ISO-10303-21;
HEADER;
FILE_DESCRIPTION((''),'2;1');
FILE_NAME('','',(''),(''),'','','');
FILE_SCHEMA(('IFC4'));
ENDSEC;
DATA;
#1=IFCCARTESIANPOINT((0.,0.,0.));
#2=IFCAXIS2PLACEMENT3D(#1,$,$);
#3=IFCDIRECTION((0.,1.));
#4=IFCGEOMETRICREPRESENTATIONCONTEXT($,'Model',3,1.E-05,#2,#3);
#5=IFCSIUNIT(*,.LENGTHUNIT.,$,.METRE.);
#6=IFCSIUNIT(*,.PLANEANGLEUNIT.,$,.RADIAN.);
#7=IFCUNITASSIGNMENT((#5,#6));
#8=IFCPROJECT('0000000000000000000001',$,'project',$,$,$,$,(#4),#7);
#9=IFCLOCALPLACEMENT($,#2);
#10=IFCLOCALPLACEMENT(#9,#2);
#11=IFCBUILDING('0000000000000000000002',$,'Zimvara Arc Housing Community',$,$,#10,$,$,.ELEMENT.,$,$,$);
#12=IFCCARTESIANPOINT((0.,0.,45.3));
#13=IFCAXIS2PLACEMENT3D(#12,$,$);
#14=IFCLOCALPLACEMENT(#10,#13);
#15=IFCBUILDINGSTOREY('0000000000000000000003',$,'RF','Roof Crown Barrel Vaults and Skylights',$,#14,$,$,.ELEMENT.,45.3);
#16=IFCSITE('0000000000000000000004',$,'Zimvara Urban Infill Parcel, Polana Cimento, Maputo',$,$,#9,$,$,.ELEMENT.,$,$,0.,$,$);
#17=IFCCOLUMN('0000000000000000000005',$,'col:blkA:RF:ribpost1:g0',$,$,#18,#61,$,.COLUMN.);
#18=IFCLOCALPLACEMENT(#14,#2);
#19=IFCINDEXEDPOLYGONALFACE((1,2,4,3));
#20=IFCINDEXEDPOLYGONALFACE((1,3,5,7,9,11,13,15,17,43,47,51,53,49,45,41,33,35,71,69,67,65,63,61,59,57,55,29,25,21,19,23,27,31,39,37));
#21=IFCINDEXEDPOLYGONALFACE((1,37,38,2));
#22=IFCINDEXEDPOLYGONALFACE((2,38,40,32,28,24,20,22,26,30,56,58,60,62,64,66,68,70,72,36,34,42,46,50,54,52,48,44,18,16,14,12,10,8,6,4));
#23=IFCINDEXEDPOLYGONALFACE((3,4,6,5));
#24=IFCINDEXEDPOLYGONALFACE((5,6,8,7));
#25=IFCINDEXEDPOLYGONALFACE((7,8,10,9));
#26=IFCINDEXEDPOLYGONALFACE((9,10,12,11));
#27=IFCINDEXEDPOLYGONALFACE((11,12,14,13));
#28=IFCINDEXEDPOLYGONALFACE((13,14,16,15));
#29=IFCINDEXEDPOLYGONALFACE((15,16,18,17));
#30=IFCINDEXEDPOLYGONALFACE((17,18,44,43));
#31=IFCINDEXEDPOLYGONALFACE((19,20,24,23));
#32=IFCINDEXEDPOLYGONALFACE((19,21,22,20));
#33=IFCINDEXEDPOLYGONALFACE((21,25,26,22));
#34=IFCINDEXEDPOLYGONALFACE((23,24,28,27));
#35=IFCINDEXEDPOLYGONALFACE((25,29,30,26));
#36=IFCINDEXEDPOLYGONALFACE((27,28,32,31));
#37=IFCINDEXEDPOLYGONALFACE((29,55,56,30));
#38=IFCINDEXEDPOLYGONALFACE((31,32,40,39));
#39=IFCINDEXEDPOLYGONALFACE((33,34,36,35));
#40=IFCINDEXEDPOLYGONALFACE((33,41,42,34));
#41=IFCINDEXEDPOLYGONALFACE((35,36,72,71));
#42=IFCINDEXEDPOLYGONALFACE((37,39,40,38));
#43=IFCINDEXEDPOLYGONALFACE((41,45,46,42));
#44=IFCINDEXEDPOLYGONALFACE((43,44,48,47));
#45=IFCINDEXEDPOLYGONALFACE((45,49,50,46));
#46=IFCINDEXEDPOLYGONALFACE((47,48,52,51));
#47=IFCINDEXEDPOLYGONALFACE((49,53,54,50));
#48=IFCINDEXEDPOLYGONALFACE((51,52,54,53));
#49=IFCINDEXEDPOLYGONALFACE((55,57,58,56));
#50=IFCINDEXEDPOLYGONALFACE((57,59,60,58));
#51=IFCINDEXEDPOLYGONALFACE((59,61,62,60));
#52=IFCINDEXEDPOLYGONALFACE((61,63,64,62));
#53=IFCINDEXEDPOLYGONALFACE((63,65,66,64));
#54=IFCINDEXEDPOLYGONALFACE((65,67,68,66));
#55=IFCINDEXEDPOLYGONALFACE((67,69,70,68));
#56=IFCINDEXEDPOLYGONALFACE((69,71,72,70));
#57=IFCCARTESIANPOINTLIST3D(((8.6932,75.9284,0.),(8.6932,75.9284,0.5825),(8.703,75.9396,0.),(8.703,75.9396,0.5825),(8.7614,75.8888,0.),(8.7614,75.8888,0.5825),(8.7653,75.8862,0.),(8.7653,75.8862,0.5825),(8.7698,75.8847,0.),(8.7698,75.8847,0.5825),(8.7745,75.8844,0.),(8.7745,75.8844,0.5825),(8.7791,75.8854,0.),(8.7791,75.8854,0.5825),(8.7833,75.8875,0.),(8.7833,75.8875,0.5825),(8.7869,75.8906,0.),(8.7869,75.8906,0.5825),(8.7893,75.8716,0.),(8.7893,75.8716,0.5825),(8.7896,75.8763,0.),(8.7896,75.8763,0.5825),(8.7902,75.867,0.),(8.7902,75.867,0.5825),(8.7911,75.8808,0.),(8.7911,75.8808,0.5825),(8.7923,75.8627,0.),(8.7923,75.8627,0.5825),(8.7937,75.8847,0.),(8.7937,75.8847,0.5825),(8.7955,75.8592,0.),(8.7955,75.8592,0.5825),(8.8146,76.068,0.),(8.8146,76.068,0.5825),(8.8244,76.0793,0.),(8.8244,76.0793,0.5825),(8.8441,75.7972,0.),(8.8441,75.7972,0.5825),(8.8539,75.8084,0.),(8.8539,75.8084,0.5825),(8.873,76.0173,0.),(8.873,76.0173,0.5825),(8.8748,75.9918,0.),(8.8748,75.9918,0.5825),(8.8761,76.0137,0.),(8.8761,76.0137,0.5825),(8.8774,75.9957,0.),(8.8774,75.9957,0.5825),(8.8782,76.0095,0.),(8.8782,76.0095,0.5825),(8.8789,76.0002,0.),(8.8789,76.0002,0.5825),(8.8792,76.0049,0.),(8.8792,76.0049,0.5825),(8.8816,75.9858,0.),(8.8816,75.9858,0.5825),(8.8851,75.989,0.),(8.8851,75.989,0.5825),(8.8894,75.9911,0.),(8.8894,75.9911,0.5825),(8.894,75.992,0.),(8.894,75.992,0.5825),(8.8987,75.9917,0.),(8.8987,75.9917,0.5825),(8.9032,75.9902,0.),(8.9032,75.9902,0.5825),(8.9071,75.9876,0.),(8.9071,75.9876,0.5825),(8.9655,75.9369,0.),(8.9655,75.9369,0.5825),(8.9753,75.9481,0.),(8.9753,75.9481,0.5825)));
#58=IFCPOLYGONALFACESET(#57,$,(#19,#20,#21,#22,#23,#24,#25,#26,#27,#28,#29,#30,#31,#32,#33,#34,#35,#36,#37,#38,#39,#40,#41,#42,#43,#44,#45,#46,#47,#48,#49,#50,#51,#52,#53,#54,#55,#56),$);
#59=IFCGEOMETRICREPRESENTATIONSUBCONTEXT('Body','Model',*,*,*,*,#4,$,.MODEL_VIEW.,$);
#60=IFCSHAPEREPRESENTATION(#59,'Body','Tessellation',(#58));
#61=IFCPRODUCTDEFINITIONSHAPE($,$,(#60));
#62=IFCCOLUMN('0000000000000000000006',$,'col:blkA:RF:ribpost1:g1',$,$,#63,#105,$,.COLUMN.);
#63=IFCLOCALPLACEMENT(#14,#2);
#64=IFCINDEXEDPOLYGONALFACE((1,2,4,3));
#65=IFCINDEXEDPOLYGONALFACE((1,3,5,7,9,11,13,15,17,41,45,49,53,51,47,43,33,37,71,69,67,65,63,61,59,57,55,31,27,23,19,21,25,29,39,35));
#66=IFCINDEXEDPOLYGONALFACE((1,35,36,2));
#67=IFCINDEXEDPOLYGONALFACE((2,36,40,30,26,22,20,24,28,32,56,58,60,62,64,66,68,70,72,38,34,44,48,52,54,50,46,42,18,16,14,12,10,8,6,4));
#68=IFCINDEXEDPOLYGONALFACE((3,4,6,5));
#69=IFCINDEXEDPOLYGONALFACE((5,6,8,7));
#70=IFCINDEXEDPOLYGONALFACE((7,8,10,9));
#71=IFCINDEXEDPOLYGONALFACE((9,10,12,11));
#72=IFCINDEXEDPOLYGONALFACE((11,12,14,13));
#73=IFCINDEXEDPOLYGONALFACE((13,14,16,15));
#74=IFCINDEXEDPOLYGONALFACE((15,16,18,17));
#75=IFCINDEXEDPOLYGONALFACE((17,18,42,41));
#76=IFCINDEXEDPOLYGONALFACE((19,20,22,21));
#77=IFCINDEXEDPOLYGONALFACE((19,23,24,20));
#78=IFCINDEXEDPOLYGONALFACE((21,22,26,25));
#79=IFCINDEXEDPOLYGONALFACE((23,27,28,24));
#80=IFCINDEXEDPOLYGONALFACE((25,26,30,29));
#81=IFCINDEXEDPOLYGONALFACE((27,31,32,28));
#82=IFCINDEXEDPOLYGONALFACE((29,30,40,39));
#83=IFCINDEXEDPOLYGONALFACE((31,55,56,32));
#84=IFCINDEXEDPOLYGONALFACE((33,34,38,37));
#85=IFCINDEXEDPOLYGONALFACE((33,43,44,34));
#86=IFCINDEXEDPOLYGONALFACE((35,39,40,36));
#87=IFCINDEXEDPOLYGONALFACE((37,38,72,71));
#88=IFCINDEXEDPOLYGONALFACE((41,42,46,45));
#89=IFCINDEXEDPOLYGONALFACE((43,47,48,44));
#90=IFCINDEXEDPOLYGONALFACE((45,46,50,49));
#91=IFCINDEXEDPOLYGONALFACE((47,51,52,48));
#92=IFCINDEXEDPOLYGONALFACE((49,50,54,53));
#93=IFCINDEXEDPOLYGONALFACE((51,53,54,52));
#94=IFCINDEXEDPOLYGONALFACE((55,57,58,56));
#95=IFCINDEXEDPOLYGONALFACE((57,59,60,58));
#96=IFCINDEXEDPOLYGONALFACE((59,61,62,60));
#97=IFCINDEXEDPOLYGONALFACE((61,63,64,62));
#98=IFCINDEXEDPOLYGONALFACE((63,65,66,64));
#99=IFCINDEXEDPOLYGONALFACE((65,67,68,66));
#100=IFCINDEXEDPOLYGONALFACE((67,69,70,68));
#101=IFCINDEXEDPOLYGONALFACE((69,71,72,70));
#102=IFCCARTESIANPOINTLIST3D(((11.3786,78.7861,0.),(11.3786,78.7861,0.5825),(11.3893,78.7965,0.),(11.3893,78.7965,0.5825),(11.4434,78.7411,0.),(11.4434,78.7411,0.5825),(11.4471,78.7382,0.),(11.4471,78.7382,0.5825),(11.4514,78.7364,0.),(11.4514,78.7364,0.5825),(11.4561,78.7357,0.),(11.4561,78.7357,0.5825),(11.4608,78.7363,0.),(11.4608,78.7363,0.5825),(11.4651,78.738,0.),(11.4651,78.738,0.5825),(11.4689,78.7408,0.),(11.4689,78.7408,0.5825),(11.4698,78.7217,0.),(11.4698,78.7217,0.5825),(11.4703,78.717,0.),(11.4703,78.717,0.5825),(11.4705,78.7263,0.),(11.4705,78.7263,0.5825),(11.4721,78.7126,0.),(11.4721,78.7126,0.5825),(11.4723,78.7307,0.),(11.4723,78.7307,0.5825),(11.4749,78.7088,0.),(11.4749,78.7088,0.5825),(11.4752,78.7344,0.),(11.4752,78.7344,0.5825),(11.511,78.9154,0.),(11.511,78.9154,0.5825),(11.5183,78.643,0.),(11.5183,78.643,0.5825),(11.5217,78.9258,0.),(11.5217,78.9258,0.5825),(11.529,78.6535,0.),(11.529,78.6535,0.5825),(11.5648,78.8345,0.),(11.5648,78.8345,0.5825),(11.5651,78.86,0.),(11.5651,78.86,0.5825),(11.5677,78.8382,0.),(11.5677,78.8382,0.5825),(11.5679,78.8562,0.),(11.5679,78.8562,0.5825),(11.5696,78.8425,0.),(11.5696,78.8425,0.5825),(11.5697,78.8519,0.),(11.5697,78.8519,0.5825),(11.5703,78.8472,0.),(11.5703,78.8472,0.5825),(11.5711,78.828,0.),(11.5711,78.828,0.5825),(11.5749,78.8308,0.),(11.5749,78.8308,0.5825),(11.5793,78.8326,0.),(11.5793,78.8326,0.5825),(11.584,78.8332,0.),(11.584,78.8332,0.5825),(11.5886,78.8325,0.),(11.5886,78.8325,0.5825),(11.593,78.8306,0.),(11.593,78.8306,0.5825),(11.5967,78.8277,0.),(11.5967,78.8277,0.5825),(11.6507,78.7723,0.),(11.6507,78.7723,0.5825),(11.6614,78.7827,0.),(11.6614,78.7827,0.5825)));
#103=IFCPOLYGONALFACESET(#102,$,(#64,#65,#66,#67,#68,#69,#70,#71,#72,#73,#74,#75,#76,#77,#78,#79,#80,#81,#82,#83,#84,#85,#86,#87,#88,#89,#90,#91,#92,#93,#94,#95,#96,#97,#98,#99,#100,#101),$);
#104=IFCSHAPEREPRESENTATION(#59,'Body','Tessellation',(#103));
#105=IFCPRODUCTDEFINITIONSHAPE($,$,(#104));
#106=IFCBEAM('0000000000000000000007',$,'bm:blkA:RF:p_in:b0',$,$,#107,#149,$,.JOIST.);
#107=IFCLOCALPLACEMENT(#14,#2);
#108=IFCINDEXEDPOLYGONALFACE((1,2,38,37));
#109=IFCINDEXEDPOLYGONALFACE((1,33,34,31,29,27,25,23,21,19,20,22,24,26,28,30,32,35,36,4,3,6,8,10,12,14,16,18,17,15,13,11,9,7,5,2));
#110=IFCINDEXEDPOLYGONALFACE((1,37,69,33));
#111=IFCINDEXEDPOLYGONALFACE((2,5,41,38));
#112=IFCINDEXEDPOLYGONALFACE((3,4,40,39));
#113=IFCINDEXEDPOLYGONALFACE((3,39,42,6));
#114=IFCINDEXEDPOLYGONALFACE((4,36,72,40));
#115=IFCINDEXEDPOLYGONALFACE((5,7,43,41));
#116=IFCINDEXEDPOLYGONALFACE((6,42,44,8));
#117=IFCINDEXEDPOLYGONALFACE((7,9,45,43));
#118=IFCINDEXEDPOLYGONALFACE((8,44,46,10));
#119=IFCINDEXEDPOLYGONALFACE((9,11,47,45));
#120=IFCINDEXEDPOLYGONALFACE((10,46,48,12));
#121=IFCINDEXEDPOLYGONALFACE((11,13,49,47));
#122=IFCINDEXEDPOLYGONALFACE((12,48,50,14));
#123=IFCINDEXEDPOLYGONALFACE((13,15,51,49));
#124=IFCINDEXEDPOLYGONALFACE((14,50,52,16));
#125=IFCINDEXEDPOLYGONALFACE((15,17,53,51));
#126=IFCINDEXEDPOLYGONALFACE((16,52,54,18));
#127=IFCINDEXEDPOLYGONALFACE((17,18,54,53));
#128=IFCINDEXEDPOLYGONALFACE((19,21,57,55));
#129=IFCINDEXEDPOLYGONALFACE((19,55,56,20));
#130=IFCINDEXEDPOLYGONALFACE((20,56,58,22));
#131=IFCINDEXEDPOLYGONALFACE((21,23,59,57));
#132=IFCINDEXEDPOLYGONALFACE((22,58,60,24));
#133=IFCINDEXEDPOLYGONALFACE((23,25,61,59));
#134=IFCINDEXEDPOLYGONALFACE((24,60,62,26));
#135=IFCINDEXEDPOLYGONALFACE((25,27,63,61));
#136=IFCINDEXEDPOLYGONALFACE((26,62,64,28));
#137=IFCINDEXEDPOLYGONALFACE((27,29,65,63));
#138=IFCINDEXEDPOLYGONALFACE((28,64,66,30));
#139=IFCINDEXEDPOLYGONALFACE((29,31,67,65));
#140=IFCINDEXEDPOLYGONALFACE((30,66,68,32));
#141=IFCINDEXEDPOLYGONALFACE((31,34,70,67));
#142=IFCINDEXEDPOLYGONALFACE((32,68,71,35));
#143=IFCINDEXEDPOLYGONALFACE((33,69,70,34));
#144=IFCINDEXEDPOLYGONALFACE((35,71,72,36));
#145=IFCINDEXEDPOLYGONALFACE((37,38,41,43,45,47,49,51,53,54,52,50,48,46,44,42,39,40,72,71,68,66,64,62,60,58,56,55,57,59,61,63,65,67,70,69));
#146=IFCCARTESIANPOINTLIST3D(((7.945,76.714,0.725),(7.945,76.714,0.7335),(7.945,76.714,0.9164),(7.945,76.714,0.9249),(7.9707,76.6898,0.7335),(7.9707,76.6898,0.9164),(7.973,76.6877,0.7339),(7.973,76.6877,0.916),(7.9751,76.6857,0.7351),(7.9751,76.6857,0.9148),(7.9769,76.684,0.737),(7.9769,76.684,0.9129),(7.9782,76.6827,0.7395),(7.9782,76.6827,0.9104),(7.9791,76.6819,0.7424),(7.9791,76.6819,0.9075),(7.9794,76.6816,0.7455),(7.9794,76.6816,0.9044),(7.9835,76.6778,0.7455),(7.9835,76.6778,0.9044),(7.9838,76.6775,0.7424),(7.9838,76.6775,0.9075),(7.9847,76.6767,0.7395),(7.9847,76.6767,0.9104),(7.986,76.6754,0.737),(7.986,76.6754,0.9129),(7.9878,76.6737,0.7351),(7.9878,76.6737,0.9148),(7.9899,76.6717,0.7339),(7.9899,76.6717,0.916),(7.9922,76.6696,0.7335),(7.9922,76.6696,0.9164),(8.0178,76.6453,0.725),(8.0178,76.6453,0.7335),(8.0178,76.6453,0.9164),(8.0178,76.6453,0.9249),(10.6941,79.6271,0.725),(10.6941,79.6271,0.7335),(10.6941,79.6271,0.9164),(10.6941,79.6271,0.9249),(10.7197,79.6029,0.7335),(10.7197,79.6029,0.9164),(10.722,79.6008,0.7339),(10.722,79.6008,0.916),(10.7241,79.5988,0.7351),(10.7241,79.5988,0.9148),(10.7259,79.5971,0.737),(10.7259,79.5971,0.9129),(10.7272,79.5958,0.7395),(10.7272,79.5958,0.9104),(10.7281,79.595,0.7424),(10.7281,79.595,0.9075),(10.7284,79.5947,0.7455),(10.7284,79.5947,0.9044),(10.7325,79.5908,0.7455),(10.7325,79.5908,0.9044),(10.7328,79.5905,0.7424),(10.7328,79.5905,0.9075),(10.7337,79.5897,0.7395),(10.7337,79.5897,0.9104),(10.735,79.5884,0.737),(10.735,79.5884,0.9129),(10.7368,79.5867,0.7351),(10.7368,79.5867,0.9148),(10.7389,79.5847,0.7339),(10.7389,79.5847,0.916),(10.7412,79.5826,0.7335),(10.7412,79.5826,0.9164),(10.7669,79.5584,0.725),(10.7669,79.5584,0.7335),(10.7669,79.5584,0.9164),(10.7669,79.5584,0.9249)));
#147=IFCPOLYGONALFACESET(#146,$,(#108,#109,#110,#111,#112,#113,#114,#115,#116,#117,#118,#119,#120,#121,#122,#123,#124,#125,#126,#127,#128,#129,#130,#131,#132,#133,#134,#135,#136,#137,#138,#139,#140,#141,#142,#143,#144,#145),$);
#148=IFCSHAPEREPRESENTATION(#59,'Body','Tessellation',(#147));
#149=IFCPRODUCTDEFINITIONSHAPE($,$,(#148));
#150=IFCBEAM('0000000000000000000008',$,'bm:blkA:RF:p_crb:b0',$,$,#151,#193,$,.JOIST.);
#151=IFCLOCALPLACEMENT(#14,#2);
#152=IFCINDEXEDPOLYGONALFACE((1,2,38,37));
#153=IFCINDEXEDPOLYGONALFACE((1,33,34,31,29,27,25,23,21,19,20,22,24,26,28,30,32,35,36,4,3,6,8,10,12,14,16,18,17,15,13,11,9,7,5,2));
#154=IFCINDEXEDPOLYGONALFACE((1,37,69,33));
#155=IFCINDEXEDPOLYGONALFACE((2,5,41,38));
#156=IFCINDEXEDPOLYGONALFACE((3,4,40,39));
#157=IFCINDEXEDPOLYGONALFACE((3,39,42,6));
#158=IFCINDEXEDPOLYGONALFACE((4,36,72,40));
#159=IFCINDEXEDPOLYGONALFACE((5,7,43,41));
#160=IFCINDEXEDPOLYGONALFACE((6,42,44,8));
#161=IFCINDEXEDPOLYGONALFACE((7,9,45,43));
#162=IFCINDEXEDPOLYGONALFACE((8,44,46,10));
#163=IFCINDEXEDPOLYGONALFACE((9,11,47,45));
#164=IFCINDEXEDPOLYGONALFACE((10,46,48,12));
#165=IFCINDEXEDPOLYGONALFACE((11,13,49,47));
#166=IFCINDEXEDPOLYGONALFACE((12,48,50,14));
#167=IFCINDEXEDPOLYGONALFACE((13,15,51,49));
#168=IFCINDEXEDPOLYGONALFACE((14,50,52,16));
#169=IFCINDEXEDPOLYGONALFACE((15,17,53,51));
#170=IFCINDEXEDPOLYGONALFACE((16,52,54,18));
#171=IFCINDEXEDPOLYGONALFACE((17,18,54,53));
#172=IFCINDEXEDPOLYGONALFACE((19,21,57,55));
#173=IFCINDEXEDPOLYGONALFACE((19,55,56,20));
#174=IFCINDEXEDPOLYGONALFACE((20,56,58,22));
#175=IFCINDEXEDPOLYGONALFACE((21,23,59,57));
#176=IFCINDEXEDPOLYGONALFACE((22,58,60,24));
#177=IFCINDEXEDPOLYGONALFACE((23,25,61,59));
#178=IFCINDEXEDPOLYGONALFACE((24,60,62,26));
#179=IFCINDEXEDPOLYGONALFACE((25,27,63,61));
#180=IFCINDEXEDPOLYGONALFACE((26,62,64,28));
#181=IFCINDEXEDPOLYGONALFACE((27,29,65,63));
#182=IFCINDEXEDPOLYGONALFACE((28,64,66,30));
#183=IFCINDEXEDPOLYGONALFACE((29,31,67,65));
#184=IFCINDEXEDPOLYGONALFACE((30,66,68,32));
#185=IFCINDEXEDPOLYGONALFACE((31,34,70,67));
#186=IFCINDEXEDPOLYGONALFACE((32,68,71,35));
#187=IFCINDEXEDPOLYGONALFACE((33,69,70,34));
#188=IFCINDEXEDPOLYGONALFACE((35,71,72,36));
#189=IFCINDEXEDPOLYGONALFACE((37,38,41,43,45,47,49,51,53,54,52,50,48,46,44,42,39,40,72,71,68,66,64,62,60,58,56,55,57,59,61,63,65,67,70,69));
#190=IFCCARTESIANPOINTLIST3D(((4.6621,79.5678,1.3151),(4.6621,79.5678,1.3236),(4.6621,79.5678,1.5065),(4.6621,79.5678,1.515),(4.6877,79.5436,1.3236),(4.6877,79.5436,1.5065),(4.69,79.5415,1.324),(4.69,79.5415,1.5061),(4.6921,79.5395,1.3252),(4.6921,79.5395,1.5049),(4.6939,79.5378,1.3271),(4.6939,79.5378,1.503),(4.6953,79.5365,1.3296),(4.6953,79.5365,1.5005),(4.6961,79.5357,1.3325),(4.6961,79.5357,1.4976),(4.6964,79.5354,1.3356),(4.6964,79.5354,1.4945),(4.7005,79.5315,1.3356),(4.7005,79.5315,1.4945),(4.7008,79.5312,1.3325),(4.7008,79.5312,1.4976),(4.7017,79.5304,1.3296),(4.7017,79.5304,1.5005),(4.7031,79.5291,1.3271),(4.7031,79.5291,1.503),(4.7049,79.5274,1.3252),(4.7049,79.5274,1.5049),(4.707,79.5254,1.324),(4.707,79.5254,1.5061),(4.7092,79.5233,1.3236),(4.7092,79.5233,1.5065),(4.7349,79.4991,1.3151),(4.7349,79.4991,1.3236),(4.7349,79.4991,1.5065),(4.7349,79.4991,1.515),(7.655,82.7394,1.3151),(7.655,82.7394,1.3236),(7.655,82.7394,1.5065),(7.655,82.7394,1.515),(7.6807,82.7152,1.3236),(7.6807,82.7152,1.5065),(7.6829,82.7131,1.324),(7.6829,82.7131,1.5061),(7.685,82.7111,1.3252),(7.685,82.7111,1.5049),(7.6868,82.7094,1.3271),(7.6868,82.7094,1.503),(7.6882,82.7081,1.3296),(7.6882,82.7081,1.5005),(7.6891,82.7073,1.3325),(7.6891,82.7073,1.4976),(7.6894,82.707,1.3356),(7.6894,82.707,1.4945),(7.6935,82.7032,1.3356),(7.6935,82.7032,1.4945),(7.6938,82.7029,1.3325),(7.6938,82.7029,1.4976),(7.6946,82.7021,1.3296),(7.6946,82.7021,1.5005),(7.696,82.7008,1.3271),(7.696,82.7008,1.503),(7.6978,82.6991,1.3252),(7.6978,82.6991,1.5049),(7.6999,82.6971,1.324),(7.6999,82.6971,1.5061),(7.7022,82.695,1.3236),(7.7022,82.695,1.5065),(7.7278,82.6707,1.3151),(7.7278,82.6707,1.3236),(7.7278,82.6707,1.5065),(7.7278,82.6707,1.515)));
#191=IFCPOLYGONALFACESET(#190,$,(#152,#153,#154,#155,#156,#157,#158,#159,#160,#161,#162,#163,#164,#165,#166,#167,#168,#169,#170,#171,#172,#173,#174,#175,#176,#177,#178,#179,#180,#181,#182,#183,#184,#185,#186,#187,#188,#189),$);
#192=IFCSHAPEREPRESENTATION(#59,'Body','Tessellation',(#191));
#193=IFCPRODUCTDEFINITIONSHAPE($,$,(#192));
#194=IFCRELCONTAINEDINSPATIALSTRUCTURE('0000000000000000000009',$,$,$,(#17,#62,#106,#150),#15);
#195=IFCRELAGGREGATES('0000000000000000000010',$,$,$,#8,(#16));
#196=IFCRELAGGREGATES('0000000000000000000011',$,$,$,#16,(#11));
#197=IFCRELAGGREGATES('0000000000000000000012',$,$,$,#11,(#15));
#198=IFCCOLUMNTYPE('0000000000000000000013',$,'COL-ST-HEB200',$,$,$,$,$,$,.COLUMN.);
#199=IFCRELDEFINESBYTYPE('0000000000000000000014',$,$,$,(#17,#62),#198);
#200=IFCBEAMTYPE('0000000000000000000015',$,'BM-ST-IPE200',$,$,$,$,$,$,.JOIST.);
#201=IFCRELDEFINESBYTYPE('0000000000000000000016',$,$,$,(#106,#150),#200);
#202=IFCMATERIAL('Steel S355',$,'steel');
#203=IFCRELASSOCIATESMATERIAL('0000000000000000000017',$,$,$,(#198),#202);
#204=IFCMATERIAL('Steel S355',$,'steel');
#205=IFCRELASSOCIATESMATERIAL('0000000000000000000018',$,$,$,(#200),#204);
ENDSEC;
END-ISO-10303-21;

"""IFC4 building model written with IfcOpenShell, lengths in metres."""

from ifc_helpers import new_model, si_unit, direction, frame, origin, origin_2d, place, context, subcontext, project, spatial, i_section, extrude, material, material_profile, profile_set, type_object, element, save


model = new_model("IFC4")

# Units and contexts
model_context = context("Model", 3, precision=1e-05, world=origin(), true_north=direction((0.0, 1.0)))
body_context = subcontext(model_context, "Body", "Model", "MODEL_VIEW")
ifc_project = project(units=[si_unit("LENGTHUNIT", "METRE"), si_unit("PLANEANGLEUNIT", "RADIAN")], contexts=[model_context])

# Site, building, storey
site_placement = place(None, origin())
site = spatial("IfcSite", under=ifc_project, at=site_placement, Name="Zimvara Urban Infill Parcel, Polana Cimento, Maputo", CompositionType="ELEMENT", RefElevation=0.0)
building_placement = place(site_placement, origin())
building = spatial("IfcBuilding", under=site, at=building_placement, Name="Zimvara Arc Housing Community", CompositionType="ELEMENT")
storey_placement = place(building_placement, frame((0.0, 0.0, 45.3)))
storey = spatial("IfcBuildingStorey", under=building, at=storey_placement, Name="RF", Description="Roof Crown Barrel Vaults and Skylights", CompositionType="ELEMENT", Elevation=45.3)

# Columns
ifc_material_1 = material(Name="Steel S355", Category="steel")
ifc_material_profile_1 = material_profile(ifc_material_1, i_section(OverallWidth=0.2, OverallDepth=0.2, WebThickness=0.009, FlangeThickness=0.0149, FilletRadius=0.0181, at=origin_2d()), Name="HEB 200")
ifc_profile_set_1 = profile_set([ifc_material_profile_1], Name="Steel S355")
column_type = type_object("IfcColumnType", Name="COL-ST-HEB200", PredefinedType="COLUMN", material=ifc_profile_set_1)
for number, where, z_axis, x_axis, name in (
    (1, (8.8342, 75.9382, 0.0), (0.0, 0.0, 1.0), (-0.75471, 0.656059, 0.0), "col:blkA:RF:ribpost1:g0"),
    (2, (11.52, 78.7844, 0.0), (0.0, 0.0, 1.0), (-0.698665, 0.715449, 0.0), "col:blkA:RF:ribpost1:g1"),
):
    element("IfcColumn", number, at=place(storey_placement, frame(where, z_axis=z_axis, x_axis=x_axis)), inside=storey, type_object=column_type, Name=name, PredefinedType="COLUMN", context=body_context, shape_type="SweptSolid", body=[
        extrude(i_section(OverallWidth=0.2, OverallDepth=0.2, WebThickness=0.009, FlangeThickness=0.0149, FilletRadius=0.0181, at=origin_2d()), origin(), (0.0, 0.0, 1.0), 0.5825),
    ])

# Beams
ifc_material_2 = material(Name="Steel S355", Category="steel")
ifc_material_profile_2 = material_profile(ifc_material_2, i_section(OverallWidth=0.1001, OverallDepth=0.2, WebThickness=0.0056, FlangeThickness=0.0085, FilletRadius=0.012, at=origin_2d()), Name="IPE 200")
ifc_profile_set_2 = profile_set([ifc_material_profile_2], Name="Steel S355")
beam_type_1 = type_object("IfcBeamType", Name="BM-ST-IPE200", PredefinedType="JOIST", material=ifc_profile_set_2)
beam_1_placement = place(storey_placement, frame((7.9814, 76.6797, 0.825), z_axis=(0.68633, 0.72729, 0.0), x_axis=(-0.72729, 0.68633, 0.0)))
element("IfcBeam", 3, at=beam_1_placement, inside=storey, type_object=beam_type_1, Name="bm:blkA:RF:p_in:b0", PredefinedType="JOIST", context=body_context, shape_type="SweptSolid", body=[
    extrude(i_section(OverallWidth=0.1001, OverallDepth=0.2, WebThickness=0.0056, FlangeThickness=0.0085, FilletRadius=0.012, at=origin_2d()), origin(), (0.0, 0.0, 1.0), 4.0054),
])
beam_2_placement = place(storey_placement, frame((4.6985, 79.5334, 1.415), z_axis=(0.686319, 0.7273, 0.0), x_axis=(-0.7273, 0.686319, 0.0)))
element("IfcBeam", 4, at=beam_2_placement, inside=storey, type_object=beam_type_1, Name="bm:blkA:RF:p_crb:b0", PredefinedType="JOIST", context=body_context, shape_type="SweptSolid", body=[
    extrude(i_section(OverallWidth=0.1001, OverallDepth=0.2, WebThickness=0.0056, FlangeThickness=0.0085, FilletRadius=0.012, at=origin_2d()), origin(), (0.0, 0.0, 1.0), 4.3608),
])

save(model, "model.ifc")
